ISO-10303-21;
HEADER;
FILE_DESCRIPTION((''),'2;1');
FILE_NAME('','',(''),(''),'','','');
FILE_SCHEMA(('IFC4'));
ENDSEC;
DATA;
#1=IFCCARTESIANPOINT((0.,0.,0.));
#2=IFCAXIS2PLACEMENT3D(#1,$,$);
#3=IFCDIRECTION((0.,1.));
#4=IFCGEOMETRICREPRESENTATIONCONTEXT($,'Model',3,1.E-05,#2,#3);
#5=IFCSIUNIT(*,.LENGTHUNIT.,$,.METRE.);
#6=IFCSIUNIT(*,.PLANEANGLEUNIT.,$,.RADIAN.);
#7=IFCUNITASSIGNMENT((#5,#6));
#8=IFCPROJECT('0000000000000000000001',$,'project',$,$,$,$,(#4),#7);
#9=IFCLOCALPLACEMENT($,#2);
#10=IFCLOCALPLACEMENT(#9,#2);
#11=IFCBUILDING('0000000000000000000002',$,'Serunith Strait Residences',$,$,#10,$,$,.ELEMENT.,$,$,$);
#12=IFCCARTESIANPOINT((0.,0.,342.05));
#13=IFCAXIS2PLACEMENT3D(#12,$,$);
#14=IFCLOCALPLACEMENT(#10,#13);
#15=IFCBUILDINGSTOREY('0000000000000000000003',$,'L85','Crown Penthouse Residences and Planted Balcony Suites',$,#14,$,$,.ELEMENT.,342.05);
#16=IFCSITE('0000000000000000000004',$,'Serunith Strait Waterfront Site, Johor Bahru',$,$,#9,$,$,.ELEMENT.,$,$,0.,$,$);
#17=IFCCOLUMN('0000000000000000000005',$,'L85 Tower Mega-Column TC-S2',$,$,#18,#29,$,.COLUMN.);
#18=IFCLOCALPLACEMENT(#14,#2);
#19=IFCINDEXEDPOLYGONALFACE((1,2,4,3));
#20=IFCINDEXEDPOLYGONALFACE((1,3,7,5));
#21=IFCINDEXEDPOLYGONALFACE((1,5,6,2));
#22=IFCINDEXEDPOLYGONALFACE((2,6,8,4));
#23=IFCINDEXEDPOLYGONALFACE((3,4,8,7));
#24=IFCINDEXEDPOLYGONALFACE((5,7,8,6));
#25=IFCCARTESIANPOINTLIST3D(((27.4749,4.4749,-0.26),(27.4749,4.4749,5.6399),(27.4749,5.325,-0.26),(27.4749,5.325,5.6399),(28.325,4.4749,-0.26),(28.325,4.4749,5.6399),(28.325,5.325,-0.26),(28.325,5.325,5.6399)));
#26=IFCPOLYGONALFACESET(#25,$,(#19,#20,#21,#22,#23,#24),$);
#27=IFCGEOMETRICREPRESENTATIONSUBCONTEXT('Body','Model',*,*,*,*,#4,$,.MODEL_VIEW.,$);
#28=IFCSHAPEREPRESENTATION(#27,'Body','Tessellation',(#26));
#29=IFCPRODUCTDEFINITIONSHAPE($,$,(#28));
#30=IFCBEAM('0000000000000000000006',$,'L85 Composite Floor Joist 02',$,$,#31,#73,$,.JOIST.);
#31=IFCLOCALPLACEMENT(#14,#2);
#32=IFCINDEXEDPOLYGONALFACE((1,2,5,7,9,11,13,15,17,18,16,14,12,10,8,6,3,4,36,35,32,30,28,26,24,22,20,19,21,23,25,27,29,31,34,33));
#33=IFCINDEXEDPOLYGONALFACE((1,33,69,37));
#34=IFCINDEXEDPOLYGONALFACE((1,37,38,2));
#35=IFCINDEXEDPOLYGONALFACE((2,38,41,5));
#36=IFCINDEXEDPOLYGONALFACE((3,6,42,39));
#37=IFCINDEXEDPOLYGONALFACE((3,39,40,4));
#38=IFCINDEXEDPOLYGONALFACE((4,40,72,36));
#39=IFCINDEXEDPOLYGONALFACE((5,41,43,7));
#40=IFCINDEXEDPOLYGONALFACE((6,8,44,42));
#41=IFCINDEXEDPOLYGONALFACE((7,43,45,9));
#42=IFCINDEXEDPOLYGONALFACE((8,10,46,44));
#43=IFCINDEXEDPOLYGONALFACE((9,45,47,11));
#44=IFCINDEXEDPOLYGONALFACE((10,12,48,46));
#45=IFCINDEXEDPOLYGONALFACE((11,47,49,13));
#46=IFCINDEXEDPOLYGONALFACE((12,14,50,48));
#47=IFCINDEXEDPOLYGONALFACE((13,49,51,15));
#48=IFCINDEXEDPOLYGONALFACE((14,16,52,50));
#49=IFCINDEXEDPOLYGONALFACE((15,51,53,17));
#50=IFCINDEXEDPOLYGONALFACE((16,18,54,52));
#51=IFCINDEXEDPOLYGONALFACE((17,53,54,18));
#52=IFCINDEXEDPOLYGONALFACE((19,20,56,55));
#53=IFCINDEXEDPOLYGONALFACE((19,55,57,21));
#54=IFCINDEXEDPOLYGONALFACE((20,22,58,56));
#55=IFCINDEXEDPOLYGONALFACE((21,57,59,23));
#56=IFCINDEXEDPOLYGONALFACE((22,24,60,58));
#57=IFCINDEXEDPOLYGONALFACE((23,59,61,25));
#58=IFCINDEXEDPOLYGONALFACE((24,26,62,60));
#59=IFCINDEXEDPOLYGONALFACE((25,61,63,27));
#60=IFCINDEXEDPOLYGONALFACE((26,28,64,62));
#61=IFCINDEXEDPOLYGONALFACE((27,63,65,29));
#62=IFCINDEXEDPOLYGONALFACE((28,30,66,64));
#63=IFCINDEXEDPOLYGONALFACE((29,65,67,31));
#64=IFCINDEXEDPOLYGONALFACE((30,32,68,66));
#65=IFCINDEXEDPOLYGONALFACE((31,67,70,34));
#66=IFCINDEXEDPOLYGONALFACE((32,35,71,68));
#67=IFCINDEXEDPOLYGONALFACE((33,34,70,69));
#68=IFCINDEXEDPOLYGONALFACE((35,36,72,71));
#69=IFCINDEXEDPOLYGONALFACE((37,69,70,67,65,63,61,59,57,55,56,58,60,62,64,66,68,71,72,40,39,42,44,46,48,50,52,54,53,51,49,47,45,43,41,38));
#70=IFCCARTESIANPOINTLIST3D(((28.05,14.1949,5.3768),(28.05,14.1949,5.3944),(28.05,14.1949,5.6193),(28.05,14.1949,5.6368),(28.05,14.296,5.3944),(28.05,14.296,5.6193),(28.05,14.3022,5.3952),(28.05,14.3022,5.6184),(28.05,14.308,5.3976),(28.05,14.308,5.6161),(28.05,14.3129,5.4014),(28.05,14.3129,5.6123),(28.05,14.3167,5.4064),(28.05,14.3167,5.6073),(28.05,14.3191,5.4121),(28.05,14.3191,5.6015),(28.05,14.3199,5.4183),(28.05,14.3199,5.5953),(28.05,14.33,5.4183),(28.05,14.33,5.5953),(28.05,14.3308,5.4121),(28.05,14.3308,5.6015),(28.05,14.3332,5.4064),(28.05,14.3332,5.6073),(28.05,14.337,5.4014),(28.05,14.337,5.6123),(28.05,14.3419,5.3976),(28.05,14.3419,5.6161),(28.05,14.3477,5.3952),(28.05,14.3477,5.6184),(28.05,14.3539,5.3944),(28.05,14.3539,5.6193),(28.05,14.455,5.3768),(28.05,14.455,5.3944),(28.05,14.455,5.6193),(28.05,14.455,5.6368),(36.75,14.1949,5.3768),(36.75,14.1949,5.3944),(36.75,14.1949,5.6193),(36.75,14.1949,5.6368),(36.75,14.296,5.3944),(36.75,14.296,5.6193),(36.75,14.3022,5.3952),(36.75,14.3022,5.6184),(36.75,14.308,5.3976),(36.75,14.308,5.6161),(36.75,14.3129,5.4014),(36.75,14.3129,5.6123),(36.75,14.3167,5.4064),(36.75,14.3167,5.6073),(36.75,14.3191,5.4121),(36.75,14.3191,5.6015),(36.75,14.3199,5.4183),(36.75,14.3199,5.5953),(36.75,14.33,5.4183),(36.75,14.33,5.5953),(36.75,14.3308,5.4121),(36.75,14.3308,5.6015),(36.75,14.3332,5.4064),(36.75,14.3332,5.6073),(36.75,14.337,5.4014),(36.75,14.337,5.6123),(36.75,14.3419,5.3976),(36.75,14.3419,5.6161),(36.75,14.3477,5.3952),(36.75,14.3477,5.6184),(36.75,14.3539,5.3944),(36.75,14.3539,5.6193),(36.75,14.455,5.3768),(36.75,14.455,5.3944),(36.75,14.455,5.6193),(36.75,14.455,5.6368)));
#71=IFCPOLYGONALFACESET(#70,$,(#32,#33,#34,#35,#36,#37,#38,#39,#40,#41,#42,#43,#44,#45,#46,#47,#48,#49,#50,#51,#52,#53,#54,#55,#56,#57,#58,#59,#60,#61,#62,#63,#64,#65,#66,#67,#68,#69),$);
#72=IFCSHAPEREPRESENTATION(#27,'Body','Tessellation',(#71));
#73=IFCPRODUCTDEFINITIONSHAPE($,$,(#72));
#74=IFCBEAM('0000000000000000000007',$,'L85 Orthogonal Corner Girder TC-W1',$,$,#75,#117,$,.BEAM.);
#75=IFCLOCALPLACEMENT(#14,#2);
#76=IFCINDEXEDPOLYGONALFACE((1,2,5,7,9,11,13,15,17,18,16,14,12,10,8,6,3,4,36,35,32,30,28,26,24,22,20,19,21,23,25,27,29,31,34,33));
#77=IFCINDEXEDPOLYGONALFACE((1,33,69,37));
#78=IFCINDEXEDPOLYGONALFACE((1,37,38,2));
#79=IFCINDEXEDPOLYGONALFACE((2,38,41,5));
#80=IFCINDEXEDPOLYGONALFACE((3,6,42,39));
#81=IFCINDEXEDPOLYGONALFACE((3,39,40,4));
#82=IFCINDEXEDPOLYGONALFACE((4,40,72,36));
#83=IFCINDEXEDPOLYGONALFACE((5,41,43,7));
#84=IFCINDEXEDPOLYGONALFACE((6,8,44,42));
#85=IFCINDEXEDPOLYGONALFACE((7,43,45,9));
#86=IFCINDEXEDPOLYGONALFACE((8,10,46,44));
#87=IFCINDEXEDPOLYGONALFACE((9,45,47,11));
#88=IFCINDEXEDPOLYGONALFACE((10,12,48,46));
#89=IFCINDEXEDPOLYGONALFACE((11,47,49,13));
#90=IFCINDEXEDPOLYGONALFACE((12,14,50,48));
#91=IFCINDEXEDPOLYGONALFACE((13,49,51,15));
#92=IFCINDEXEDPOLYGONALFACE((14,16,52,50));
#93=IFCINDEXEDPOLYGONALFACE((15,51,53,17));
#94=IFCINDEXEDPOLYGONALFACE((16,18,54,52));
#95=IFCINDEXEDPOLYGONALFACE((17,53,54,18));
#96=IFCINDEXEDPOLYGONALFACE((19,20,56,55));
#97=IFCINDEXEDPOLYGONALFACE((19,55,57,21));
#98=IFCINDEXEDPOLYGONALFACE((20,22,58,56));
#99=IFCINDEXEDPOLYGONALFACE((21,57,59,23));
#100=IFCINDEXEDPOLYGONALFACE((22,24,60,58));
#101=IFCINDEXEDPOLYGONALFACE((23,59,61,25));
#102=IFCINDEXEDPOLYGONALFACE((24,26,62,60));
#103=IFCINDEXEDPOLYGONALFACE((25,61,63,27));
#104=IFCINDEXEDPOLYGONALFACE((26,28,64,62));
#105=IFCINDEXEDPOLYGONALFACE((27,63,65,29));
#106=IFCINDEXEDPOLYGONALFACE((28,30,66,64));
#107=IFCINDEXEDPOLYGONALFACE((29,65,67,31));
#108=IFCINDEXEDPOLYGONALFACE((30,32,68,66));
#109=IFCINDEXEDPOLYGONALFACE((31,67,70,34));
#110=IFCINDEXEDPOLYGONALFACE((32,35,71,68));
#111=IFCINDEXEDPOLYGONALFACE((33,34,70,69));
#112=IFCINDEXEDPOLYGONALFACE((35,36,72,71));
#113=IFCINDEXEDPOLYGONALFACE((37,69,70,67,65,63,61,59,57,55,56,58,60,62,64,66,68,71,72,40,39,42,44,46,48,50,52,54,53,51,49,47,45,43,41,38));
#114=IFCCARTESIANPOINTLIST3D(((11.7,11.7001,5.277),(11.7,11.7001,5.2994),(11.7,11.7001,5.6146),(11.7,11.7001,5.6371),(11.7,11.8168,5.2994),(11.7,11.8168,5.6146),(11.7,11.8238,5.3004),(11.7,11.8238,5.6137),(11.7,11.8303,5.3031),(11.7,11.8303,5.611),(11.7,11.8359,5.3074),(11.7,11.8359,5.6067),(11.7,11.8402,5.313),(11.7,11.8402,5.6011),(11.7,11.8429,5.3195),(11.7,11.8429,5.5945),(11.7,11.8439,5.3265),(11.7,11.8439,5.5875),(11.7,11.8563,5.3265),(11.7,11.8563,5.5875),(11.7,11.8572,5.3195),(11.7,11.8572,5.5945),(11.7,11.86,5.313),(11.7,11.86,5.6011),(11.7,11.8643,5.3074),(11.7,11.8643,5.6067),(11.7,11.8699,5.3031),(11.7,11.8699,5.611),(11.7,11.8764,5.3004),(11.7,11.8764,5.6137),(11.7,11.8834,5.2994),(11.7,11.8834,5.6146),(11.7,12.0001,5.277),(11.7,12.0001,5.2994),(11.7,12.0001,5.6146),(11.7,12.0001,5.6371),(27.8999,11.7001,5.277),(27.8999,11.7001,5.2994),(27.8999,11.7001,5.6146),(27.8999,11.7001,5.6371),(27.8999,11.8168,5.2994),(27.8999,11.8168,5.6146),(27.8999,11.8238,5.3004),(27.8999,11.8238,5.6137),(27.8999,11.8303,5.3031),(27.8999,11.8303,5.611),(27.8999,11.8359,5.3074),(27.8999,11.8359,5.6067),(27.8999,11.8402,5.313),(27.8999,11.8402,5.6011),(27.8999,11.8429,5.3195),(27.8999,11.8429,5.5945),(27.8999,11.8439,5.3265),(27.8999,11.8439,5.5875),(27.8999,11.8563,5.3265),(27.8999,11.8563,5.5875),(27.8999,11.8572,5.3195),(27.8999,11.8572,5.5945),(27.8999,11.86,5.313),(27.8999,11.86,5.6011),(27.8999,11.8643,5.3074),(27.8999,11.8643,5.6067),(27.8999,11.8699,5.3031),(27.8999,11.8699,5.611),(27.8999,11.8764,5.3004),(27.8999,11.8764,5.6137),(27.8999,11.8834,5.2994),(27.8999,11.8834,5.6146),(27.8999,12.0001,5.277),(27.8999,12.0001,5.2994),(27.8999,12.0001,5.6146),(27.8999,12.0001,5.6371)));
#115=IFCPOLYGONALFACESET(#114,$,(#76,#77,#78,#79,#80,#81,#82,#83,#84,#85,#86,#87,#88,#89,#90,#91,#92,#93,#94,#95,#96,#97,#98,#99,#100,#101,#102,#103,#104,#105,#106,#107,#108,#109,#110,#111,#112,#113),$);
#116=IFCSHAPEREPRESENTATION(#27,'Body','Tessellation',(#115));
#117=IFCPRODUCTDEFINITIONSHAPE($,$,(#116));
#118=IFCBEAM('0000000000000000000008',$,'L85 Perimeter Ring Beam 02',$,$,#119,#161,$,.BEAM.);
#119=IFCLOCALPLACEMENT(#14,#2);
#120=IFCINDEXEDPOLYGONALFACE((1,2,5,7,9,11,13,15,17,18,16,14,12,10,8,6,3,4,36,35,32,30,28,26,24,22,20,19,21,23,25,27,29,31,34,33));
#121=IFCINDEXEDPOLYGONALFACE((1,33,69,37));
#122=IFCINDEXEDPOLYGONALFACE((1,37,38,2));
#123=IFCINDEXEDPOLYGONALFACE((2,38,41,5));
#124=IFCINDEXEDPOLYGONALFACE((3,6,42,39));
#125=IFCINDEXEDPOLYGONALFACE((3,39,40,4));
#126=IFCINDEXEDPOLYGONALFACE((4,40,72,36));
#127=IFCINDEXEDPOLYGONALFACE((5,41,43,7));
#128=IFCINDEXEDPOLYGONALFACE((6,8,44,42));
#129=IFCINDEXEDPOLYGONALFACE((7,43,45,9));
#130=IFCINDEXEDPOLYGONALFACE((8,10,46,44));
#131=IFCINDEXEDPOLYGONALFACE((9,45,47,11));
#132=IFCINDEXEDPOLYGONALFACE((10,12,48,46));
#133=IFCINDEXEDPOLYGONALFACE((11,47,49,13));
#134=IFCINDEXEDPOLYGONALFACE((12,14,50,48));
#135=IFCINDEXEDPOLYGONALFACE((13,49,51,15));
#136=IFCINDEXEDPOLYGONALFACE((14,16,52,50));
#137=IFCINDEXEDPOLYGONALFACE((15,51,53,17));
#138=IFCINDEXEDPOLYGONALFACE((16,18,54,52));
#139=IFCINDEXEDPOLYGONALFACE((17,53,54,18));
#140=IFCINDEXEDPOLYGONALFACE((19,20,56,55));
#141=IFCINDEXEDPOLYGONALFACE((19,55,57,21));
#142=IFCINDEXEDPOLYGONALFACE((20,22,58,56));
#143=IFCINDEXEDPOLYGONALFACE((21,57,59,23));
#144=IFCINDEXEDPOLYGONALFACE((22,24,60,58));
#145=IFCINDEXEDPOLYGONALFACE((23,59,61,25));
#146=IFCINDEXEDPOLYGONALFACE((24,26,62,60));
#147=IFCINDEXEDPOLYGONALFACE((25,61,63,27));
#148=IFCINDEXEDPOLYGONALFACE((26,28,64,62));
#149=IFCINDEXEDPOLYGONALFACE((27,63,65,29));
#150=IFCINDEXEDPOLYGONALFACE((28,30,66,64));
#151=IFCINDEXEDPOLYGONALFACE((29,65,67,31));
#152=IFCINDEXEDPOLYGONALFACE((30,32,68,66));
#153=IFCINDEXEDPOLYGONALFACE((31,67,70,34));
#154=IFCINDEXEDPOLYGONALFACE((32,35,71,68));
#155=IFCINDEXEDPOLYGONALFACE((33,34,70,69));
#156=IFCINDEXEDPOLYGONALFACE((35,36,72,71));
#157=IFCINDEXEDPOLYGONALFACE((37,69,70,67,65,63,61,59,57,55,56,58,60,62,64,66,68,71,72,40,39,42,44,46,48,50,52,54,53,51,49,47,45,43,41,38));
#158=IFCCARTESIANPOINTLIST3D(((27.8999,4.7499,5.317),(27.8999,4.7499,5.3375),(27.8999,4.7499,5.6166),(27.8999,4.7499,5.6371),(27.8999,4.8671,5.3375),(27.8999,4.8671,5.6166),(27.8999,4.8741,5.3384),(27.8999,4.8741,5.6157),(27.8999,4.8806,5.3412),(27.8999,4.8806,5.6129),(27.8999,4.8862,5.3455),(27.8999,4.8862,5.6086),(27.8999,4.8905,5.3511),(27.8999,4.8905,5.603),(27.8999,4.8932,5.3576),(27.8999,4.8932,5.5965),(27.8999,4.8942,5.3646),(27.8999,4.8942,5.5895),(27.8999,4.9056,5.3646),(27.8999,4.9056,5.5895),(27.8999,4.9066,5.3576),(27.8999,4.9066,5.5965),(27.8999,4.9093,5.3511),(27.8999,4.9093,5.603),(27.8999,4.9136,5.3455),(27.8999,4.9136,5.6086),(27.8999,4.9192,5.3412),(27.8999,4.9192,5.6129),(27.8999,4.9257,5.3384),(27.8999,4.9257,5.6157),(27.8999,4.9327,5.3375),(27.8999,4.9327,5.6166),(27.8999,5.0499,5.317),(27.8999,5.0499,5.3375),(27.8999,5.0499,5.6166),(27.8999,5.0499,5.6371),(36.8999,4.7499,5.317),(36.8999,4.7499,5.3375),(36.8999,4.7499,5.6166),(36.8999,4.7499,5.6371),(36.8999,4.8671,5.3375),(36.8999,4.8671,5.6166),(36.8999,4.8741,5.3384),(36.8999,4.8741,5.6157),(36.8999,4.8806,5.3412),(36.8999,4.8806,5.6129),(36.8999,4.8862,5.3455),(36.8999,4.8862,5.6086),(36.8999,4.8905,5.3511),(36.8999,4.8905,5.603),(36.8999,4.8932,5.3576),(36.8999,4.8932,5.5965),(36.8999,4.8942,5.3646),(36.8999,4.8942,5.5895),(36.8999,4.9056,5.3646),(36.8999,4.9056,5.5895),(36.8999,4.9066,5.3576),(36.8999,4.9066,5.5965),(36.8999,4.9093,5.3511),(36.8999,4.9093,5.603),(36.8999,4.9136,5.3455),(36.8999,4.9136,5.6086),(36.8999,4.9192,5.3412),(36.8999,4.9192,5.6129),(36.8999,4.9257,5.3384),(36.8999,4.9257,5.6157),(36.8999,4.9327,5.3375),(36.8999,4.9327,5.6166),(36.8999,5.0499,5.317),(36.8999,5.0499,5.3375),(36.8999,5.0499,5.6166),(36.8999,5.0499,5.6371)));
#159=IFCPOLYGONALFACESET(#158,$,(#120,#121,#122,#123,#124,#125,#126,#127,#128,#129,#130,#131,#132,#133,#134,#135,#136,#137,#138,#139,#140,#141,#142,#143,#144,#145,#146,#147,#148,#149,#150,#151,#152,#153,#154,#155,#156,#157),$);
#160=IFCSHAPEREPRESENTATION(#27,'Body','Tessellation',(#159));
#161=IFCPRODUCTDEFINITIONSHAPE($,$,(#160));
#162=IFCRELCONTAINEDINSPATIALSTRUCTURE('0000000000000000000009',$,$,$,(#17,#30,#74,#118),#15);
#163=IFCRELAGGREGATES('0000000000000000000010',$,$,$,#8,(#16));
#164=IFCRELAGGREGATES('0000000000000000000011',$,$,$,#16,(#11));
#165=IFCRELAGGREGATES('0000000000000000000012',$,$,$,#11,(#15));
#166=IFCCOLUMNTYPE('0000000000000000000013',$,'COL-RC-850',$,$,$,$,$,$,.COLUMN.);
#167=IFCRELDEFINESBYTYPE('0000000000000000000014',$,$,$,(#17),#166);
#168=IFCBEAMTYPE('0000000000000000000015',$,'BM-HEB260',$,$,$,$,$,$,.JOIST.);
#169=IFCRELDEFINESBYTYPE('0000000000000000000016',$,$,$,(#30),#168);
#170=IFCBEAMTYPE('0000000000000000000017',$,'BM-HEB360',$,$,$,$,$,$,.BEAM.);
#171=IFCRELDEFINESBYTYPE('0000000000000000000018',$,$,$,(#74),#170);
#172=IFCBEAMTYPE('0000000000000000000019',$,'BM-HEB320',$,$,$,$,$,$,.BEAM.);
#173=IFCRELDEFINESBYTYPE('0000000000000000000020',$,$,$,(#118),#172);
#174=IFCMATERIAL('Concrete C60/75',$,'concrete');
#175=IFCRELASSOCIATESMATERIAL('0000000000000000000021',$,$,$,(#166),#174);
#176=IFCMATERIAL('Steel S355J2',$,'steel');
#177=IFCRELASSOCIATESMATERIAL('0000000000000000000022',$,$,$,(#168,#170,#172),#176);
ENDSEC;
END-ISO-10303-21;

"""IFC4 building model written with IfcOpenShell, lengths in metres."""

from ifc_helpers import new_model, si_unit, direction, frame, origin, origin_2d, place, context, subcontext, project, spatial, rectangle, i_section, extrude, source, transform, mapped, material, material_profile, profile_set, type_object, element, save


model = new_model("IFC4")

# Units and contexts
model_context = context("Model", 3, precision=1e-05, world=origin(), true_north=direction((0.0, 1.0)))
body_context = subcontext(model_context, "Body", "Model", "MODEL_VIEW")
ifc_project = project(units=[si_unit("LENGTHUNIT", "METRE"), si_unit("PLANEANGLEUNIT", "RADIAN")], contexts=[model_context])

# Site, building, storey
site_placement = place(None, origin())
site = spatial("IfcSite", under=ifc_project, at=site_placement, Name="Serunith Strait Waterfront Site, Johor Bahru", CompositionType="ELEMENT", RefElevation=0.0)
building_placement = place(site_placement, origin())
building = spatial("IfcBuilding", under=site, at=building_placement, Name="Serunith Strait Residences", CompositionType="ELEMENT")
storey_placement = place(building_placement, frame((0.0, 0.0, 342.05)))
storey = spatial("IfcBuildingStorey", under=building, at=storey_placement, Name="L85", Description="Crown Penthouse Residences and Planted Balcony Suites", CompositionType="ELEMENT", Elevation=342.05)

# Column
ifc_material_1 = material(Name="Concrete C60/75", Category="concrete")
ifc_material_profile_1 = material_profile(ifc_material_1, rectangle(XDim=0.8501, YDim=0.8501, at=origin_2d()), Name="RC 850x850")
ifc_profile_set_1 = profile_set([ifc_material_profile_1], Name="Concrete C60/75")
column_type = type_object("IfcColumnType", Name="COL-RC-850", PredefinedType="COLUMN", material=ifc_profile_set_1)
shared_shape_1 = source(origin(), body_context, "Body", "SweptSolid", [
    extrude(rectangle(XDim=0.8501, YDim=0.8501, at=origin_2d()), origin(), (0.0, 0.0, 1.0), 5.8999),
])
column_placement = place(storey_placement, frame((27.8999, 4.8999, -0.26), z_axis=(0.0, 0.0, 1.0), x_axis=(1.0, 0.0, 0.0)))
element("IfcColumn", 1, at=column_placement, inside=storey, type_object=column_type, Name="L85 Tower Mega-Column TC-S2", PredefinedType="COLUMN", context=body_context, shape_type="MappedRepresentation", body=[
    mapped(shared_shape_1, transform((0.0, 0.0, 0.0), scale=1.0)),
])

# Beams
ifc_material_2 = material(Name="Steel S355J2", Category="steel")
ifc_material_profile_2 = material_profile(ifc_material_2, i_section(OverallWidth=0.26, OverallDepth=0.26, WebThickness=0.01, FlangeThickness=0.0176, FilletRadius=0.0239, at=origin_2d()), Name="HEB 260")
ifc_profile_set_2 = profile_set([ifc_material_profile_2], Name="Steel S355J2")
beam_type_1 = type_object("IfcBeamType", Name="BM-HEB260", PredefinedType="JOIST", material=ifc_profile_set_2)
shared_shape_2 = source(origin(), body_context, "Body", "SweptSolid", [
    extrude(i_section(OverallWidth=0.26, OverallDepth=0.26, WebThickness=0.01, FlangeThickness=0.0176, FilletRadius=0.0239, at=origin_2d()), origin(), (0.0, 0.0, 1.0), 8.7),
])
beam_1_placement = place(storey_placement, frame((28.05, 14.325, 5.5068), z_axis=(1.0, 0.0, 0.0), x_axis=(0.0, 1.0, 0.0)))
element("IfcBeam", 2, at=beam_1_placement, inside=storey, type_object=beam_type_1, Name="L85 Composite Floor Joist 02", PredefinedType="JOIST", context=body_context, shape_type="MappedRepresentation", body=[
    mapped(shared_shape_2, transform((0.0, 0.0, 0.0), scale=1.0)),
])
ifc_material_profile_3 = material_profile(ifc_material_2, i_section(OverallWidth=0.3, OverallDepth=0.3601, WebThickness=0.0125, FlangeThickness=0.0225, FilletRadius=0.0271, at=origin_2d()), Name="HEB 360")
ifc_profile_set_3 = profile_set([ifc_material_profile_3], Name="Steel S355J2")
beam_type_2 = type_object("IfcBeamType", Name="BM-HEB360", PredefinedType="BEAM", material=ifc_profile_set_3)
shared_shape_3 = source(origin(), body_context, "Body", "SweptSolid", [
    extrude(i_section(OverallWidth=0.3, OverallDepth=0.3601, WebThickness=0.0125, FlangeThickness=0.0225, FilletRadius=0.0271, at=origin_2d()), origin(), (0.0, 0.0, 1.0), 16.2),
])
beam_2_placement = place(storey_placement, frame((27.8999, 11.8501, 5.457), z_axis=(-1.0, 0.0, 0.0), x_axis=(0.0, -1.0, 0.0)))
element("IfcBeam", 3, at=beam_2_placement, inside=storey, type_object=beam_type_2, Name="L85 Orthogonal Corner Girder TC-W1", PredefinedType="BEAM", context=body_context, shape_type="MappedRepresentation", body=[
    mapped(shared_shape_3, transform((0.0, 0.0, 0.0), scale=1.0)),
])
ifc_material_profile_4 = material_profile(ifc_material_2, i_section(OverallWidth=0.3, OverallDepth=0.3201, WebThickness=0.0115, FlangeThickness=0.0205, FilletRadius=0.0271, at=origin_2d()), Name="HEB 320")
ifc_profile_set_4 = profile_set([ifc_material_profile_4], Name="Steel S355J2")
beam_type_3 = type_object("IfcBeamType", Name="BM-HEB320", PredefinedType="BEAM", material=ifc_profile_set_4)
shared_shape_4 = source(origin(), body_context, "Body", "SweptSolid", [
    extrude(i_section(OverallWidth=0.3, OverallDepth=0.3201, WebThickness=0.0115, FlangeThickness=0.0205, FilletRadius=0.0271, at=origin_2d()), origin(), (0.0, 0.0, 1.0), 9.0),
])
beam_3_placement = place(storey_placement, frame((27.8999, 4.8999, 5.4771), z_axis=(1.0, 0.0, 0.0), x_axis=(0.0, 1.0, 0.0)))
element("IfcBeam", 4, at=beam_3_placement, inside=storey, type_object=beam_type_3, Name="L85 Perimeter Ring Beam 02", PredefinedType="BEAM", context=body_context, shape_type="MappedRepresentation", body=[
    mapped(shared_shape_4, transform((0.0, 0.0, 0.0), scale=1.0)),
])

save(model, "model.ifc")
